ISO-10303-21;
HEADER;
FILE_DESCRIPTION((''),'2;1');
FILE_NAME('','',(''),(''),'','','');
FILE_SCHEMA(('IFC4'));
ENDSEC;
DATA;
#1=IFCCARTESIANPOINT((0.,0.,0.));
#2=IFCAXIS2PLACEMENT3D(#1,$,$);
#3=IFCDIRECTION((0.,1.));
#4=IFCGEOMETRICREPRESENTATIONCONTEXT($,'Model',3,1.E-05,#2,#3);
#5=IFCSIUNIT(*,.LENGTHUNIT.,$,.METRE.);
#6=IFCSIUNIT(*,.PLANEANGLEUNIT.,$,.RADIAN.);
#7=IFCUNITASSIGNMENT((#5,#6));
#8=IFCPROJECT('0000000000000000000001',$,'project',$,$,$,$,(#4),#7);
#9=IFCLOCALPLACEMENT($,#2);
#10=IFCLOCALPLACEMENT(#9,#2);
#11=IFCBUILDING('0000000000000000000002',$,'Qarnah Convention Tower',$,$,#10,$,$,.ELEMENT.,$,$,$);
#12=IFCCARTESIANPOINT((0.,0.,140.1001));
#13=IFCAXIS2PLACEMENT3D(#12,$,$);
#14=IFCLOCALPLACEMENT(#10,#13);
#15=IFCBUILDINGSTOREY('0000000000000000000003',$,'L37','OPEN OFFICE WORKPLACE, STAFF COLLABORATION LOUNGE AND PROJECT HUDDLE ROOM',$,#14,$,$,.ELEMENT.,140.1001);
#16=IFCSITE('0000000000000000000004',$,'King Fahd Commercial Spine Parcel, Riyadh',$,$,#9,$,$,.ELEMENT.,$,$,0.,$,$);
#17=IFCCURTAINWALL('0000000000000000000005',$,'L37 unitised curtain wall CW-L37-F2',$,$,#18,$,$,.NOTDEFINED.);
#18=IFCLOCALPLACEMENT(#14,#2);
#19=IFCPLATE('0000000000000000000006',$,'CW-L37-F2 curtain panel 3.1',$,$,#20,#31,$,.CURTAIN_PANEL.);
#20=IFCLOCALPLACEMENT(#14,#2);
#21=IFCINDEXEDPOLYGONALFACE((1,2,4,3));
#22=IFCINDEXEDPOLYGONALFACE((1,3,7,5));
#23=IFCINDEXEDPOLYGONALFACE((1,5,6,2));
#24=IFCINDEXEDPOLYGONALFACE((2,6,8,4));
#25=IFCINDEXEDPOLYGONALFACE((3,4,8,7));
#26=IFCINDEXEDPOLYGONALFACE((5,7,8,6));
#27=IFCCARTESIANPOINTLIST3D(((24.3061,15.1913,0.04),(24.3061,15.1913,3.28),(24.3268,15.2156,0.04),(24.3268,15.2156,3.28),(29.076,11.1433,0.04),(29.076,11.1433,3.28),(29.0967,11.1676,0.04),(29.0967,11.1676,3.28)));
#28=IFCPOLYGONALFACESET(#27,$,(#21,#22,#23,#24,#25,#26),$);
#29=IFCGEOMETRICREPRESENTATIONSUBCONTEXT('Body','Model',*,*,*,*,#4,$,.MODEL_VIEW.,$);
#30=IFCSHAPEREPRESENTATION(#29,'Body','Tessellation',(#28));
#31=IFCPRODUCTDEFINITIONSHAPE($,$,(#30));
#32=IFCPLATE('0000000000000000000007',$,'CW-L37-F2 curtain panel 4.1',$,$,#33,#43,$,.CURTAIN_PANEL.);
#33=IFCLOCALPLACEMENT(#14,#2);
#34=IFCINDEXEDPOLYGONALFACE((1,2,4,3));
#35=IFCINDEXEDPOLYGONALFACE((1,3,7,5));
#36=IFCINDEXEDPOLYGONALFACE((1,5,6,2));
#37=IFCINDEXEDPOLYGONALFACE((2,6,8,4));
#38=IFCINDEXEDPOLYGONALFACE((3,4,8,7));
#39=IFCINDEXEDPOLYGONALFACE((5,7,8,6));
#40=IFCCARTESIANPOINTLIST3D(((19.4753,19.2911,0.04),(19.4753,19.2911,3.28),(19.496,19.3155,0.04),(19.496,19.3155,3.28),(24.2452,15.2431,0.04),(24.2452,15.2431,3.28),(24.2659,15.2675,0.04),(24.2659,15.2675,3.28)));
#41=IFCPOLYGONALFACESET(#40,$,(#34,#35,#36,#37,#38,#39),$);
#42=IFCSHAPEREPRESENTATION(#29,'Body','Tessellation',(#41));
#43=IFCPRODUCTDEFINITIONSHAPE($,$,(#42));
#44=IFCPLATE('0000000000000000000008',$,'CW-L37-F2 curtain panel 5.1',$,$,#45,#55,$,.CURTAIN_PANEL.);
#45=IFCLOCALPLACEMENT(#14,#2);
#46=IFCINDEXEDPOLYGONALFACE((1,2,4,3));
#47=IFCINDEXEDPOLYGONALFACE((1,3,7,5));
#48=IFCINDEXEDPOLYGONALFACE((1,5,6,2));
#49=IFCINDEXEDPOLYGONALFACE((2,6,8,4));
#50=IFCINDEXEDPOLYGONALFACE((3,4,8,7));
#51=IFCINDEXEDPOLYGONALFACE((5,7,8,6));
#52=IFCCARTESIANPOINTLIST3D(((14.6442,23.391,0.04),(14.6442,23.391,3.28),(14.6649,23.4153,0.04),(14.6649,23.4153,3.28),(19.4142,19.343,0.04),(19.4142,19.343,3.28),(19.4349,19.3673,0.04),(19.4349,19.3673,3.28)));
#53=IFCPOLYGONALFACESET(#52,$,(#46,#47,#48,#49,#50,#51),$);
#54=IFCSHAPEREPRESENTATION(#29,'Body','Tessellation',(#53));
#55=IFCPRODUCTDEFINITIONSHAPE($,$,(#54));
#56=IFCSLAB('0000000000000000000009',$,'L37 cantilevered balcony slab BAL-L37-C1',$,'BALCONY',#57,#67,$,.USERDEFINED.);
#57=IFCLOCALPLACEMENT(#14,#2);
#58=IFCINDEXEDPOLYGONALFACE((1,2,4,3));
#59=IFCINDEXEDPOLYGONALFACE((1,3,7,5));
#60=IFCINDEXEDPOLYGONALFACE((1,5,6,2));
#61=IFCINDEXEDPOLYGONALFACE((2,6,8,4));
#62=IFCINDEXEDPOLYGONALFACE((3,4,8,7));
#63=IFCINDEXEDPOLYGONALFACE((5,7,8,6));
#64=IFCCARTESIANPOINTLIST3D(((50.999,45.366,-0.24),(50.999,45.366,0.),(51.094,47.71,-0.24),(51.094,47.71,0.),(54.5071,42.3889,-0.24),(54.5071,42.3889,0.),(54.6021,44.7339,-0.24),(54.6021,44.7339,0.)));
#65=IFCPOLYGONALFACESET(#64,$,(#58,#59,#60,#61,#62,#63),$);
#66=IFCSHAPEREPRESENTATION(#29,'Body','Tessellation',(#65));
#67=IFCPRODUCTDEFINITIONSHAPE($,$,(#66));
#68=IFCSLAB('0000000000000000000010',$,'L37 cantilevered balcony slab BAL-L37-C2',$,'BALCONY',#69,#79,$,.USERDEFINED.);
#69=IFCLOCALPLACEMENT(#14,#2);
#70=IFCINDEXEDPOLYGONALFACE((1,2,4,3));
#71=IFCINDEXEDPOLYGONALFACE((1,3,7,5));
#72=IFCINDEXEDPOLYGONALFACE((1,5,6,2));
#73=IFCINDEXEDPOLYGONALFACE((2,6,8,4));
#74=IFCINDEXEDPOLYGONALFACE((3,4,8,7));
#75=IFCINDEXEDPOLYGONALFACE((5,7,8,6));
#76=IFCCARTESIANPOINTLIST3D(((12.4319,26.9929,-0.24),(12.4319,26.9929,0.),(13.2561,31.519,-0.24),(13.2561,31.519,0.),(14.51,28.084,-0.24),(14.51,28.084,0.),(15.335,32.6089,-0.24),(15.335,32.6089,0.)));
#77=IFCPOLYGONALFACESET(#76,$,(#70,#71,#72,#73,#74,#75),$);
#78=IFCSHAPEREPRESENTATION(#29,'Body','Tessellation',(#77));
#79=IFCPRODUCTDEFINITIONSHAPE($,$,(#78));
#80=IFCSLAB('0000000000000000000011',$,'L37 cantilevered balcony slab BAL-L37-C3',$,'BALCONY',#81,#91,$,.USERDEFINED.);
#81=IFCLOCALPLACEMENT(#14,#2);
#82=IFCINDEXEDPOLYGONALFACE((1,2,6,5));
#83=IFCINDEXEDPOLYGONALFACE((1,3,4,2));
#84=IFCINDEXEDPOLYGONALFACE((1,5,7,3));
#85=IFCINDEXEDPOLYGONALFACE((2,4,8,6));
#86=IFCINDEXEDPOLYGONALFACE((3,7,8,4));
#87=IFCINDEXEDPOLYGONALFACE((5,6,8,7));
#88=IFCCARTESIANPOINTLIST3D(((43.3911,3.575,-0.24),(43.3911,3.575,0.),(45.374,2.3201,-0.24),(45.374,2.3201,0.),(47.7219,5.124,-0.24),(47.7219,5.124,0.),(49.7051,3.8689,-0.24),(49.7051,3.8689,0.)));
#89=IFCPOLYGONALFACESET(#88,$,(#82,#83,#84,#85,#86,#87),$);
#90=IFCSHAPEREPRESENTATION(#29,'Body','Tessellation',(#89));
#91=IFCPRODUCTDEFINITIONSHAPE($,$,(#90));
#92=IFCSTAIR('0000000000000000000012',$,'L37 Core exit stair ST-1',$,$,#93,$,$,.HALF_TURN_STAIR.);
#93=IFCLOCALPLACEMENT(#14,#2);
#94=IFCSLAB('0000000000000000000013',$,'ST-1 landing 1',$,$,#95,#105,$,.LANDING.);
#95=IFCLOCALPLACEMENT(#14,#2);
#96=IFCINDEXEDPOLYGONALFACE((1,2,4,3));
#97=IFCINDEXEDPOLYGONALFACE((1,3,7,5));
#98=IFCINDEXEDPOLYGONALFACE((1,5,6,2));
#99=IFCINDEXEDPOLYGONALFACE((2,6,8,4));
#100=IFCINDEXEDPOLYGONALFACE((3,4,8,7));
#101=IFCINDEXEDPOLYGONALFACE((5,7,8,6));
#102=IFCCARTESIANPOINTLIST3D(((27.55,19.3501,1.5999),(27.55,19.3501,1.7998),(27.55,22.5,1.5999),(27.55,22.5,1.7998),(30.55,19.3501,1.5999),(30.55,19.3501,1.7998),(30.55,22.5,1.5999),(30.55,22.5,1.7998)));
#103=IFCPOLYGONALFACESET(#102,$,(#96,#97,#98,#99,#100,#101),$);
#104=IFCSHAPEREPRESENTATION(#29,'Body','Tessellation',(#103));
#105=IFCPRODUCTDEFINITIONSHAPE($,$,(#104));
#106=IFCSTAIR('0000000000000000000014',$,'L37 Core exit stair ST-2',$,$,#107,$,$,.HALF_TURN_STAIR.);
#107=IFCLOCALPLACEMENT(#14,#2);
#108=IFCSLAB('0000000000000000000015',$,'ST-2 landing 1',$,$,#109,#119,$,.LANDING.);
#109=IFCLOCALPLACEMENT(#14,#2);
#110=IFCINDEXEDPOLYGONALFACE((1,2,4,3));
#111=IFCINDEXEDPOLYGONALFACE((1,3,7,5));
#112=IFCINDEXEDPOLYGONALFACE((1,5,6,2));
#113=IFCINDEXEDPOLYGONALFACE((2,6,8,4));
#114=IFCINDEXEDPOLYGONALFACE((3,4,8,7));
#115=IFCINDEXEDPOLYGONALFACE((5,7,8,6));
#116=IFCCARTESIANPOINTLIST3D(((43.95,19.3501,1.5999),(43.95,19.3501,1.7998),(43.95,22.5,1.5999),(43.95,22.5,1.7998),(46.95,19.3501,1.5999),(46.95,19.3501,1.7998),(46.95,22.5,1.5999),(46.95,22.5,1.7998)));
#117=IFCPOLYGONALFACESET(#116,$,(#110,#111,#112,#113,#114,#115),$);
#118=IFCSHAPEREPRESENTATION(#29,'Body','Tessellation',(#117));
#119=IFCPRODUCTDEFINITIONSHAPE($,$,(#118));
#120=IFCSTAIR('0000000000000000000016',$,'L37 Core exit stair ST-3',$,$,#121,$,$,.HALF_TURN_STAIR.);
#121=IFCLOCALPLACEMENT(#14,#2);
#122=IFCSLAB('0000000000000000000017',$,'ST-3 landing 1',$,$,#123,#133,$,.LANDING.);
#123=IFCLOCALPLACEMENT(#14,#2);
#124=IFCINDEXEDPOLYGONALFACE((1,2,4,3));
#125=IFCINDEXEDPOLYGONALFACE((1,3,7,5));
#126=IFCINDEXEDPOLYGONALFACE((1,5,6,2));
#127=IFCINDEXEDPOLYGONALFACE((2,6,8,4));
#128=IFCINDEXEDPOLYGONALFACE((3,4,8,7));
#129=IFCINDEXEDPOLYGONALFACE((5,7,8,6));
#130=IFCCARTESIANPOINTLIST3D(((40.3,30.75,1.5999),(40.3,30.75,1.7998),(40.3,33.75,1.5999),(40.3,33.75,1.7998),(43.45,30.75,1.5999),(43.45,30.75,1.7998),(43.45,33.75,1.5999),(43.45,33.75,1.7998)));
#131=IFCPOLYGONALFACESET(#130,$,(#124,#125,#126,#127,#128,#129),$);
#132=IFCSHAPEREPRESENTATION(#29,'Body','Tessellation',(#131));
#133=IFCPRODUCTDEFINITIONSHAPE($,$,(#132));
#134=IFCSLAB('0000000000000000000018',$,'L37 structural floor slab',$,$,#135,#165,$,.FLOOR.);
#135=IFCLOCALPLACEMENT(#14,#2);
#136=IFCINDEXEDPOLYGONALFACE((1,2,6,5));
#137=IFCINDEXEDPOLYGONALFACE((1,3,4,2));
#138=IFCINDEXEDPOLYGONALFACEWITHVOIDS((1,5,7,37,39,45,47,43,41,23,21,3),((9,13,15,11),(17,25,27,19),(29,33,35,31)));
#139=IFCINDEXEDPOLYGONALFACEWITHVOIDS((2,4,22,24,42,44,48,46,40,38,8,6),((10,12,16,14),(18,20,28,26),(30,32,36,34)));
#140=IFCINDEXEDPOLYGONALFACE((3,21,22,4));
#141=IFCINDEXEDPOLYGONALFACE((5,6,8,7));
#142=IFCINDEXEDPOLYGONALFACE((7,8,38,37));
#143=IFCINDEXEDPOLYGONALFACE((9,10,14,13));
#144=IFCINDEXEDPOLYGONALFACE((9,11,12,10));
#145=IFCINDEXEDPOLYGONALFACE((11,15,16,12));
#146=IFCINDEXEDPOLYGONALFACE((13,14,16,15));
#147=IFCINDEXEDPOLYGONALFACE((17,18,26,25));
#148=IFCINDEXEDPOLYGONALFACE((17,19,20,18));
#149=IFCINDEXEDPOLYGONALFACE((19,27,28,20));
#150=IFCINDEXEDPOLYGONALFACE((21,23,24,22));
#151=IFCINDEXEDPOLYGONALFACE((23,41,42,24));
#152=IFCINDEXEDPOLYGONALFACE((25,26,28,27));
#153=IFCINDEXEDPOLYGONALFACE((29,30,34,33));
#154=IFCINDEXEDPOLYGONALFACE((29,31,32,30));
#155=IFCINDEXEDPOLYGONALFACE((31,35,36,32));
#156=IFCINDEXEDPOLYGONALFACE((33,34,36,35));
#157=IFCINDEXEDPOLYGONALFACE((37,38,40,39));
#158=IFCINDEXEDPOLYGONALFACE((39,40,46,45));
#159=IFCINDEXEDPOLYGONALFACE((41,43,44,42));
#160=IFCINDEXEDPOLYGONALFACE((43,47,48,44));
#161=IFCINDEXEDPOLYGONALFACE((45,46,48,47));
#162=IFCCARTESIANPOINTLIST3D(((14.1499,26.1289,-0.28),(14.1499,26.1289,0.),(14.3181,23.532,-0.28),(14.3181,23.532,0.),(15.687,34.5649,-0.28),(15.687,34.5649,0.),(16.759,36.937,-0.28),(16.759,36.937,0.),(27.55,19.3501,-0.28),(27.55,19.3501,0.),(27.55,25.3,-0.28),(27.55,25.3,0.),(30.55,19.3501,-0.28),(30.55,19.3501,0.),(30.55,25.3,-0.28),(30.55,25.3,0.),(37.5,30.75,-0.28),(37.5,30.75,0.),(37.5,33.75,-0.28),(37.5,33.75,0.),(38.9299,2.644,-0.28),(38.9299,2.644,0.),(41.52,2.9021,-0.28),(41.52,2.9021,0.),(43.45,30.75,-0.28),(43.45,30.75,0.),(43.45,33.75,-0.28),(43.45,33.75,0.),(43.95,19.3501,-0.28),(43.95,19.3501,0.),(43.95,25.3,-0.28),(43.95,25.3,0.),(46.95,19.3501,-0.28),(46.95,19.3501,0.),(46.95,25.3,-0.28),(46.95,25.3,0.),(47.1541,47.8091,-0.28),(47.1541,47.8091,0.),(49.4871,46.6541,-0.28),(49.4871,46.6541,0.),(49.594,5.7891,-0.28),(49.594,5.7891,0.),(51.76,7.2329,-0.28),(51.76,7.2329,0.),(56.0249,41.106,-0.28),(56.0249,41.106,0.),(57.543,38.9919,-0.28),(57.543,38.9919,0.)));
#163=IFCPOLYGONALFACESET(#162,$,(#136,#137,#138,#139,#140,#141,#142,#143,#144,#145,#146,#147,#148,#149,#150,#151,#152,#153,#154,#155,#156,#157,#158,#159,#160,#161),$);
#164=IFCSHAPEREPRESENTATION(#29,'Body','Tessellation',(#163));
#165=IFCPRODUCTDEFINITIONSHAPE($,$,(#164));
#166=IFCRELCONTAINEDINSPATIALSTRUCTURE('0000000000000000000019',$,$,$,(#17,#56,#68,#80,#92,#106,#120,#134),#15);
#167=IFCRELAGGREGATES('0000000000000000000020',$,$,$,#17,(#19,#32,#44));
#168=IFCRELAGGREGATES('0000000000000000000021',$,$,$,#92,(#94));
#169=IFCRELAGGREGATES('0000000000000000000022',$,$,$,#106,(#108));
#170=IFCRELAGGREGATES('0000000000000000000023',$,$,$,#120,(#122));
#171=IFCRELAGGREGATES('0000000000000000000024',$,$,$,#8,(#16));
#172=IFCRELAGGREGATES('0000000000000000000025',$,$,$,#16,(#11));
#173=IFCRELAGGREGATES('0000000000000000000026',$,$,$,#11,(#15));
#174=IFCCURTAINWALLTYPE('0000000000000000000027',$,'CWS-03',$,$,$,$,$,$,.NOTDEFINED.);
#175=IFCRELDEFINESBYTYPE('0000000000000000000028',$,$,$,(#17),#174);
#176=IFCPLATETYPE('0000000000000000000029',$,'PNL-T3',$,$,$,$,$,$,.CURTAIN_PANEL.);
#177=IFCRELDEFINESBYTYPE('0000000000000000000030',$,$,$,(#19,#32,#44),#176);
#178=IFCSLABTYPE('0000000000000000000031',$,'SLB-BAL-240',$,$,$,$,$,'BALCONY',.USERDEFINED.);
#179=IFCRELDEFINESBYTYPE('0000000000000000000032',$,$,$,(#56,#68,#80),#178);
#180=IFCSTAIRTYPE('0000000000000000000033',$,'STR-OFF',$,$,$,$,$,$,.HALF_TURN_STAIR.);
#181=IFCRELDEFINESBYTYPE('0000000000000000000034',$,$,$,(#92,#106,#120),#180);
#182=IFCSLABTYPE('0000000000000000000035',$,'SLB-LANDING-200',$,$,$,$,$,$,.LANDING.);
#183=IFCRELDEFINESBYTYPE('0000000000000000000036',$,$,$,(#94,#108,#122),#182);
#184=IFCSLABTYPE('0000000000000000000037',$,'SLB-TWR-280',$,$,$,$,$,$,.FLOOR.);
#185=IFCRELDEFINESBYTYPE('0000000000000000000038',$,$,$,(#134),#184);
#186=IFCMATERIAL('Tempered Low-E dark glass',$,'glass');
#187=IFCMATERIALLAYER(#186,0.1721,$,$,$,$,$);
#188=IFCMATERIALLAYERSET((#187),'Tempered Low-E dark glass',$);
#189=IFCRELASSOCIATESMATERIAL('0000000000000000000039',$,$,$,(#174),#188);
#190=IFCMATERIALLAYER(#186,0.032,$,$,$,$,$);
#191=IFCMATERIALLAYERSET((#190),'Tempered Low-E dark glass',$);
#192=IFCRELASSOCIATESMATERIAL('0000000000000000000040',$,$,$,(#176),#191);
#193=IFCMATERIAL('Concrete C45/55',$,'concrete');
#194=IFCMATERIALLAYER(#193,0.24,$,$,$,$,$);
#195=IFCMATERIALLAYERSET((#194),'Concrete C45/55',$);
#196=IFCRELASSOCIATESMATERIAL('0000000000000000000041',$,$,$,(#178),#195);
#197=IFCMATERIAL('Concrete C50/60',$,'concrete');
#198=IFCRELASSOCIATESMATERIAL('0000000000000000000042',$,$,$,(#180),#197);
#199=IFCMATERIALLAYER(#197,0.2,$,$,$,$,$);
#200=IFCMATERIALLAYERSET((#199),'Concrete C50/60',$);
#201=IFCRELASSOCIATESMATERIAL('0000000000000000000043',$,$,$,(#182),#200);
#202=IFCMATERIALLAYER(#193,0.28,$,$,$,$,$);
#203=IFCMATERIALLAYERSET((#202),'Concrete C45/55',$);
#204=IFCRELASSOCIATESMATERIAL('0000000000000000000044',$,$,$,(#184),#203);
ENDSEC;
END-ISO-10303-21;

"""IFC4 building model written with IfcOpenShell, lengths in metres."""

from ifc_helpers import new_model, si_unit, direction, frame, origin, origin_2d, place, context, subcontext, project, spatial, polyline, rectangle, outline, extrude, material, layer, layer_set, type_object, element, aggregate, save


model = new_model("IFC4")

# Units and contexts
model_context = context("Model", 3, precision=1e-05, world=origin(), true_north=direction((0.0, 1.0)))
body_context = subcontext(model_context, "Body", "Model", "MODEL_VIEW")
ifc_project = project(units=[si_unit("LENGTHUNIT", "METRE"), si_unit("PLANEANGLEUNIT", "RADIAN")], contexts=[model_context])

# Site, building, storey
site_placement = place(None, origin())
site = spatial("IfcSite", under=ifc_project, at=site_placement, Name="King Fahd Commercial Spine Parcel, Riyadh", CompositionType="ELEMENT", RefElevation=0.0)
building_placement = place(site_placement, origin())
building = spatial("IfcBuilding", under=site, at=building_placement, Name="Qarnah Convention Tower", CompositionType="ELEMENT")
storey_placement = place(building_placement, frame((0.0, 0.0, 140.1001)))
storey = spatial("IfcBuildingStorey", under=building, at=storey_placement, Name="L37", Description="OPEN OFFICE WORKPLACE, STAFF COLLABORATION LOUNGE AND PROJECT HUDDLE ROOM", CompositionType="ELEMENT", Elevation=140.1001)

# Curtain wall, plates
ifc_material_1 = material(Name="Tempered Low-E dark glass", Category="glass")
ifc_layer_1 = layer(ifc_material_1, 0.1721)
ifc_layer_set_1 = layer_set([ifc_layer_1], Name="Tempered Low-E dark glass")
curtain_wall_type = type_object("IfcCurtainWallType", Name="CWS-03", PredefinedType="NOTDEFINED", material=ifc_layer_set_1)
curtain_wall_placement = place(storey_placement, origin())
curtain_wall = element("IfcCurtainWall", 1, at=curtain_wall_placement, inside=storey, type_object=curtain_wall_type, Name="L37 unitised curtain wall CW-L37-F2", PredefinedType="NOTDEFINED")
ifc_layer_2 = layer(ifc_material_1, 0.032)
ifc_layer_set_2 = layer_set([ifc_layer_2], Name="Tempered Low-E dark glass")
plate_type = type_object("IfcPlateType", Name="PNL-T3", PredefinedType="CURTAIN_PANEL", material=ifc_layer_set_2)
plate_1_placement = place(storey_placement, frame((26.7014, 13.1794, 0.04), z_axis=(0.0, 0.0, 1.0), x_axis=(-0.762449, 0.647048, 0.0)))
plate_1 = element("IfcPlate", 2, at=plate_1_placement, type_object=plate_type, Name="CW-L37-F2 curtain panel 3.1", PredefinedType="CURTAIN_PANEL", context=body_context, shape_type="SweptSolid", body=[
    extrude(rectangle(XDim=6.2561, YDim=0.032, at=origin_2d()), origin(), (0.0, 0.0, 1.0), 3.24),
])
plate_2_placement = place(storey_placement, frame((21.8706, 17.2793, 0.04), z_axis=(0.0, 0.0, 1.0), x_axis=(-0.762449, 0.647048, 0.0)))
plate_2 = element("IfcPlate", 3, at=plate_2_placement, type_object=plate_type, Name="CW-L37-F2 curtain panel 4.1", PredefinedType="CURTAIN_PANEL", context=body_context, shape_type="SweptSolid", body=[
    extrude(rectangle(XDim=6.2561, YDim=0.032, at=origin_2d()), origin(), (0.0, 0.0, 1.0), 3.24),
])
plate_3_placement = place(storey_placement, frame((17.0396, 21.3792, 0.04), z_axis=(0.0, 0.0, 1.0), x_axis=(-0.762449, 0.647048, 0.0)))
plate_3 = element("IfcPlate", 4, at=plate_3_placement, type_object=plate_type, Name="CW-L37-F2 curtain panel 5.1", PredefinedType="CURTAIN_PANEL", context=body_context, shape_type="SweptSolid", body=[
    extrude(rectangle(XDim=6.2561, YDim=0.032, at=origin_2d()), origin(), (0.0, 0.0, 1.0), 3.24),
])
aggregate(curtain_wall, [plate_1, plate_2, plate_3])

# Slabs
ifc_material_2 = material(Name="Concrete C45/55", Category="concrete")
ifc_layer_3 = layer(ifc_material_2, 0.24)
ifc_layer_set_3 = layer_set([ifc_layer_3], Name="Concrete C45/55")
slab_type_1 = type_object("IfcSlabType", Name="SLB-BAL-240", ElementType="BALCONY", PredefinedType="USERDEFINED", material=ifc_layer_set_3)
slab_1_placement = place(storey_placement, frame((0.0, 0.0, -0.24)))
element("IfcSlab", 5, at=slab_1_placement, inside=storey, type_object=slab_type_1, Name="L37 cantilevered balcony slab BAL-L37-C1", ObjectType="BALCONY", PredefinedType="USERDEFINED", context=body_context, shape_type="SweptSolid", body=[
    extrude(outline(polyline([(51.094, 47.71), (54.6021, 44.7339), (54.5071, 42.3889), (50.999, 45.366), (51.094, 47.71)])), origin(), (0.0, 0.0, 1.0), 0.24),
])
slab_2_placement = place(storey_placement, frame((0.0, 0.0, -0.24)))
element("IfcSlab", 6, at=slab_2_placement, inside=storey, type_object=slab_type_1, Name="L37 cantilevered balcony slab BAL-L37-C2", ObjectType="BALCONY", PredefinedType="USERDEFINED", context=body_context, shape_type="SweptSolid", body=[
    extrude(outline(polyline([(12.4319, 26.9929), (13.2561, 31.519), (15.335, 32.6089), (14.51, 28.084), (12.4319, 26.9929)])), origin(), (0.0, 0.0, 1.0), 0.24),
])
slab_3_placement = place(storey_placement, frame((0.0, 0.0, -0.24)))
element("IfcSlab", 7, at=slab_3_placement, inside=storey, type_object=slab_type_1, Name="L37 cantilevered balcony slab BAL-L37-C3", ObjectType="BALCONY", PredefinedType="USERDEFINED", context=body_context, shape_type="SweptSolid", body=[
    extrude(outline(polyline([(49.7051, 3.8689), (45.374, 2.3201), (43.3911, 3.575), (47.7219, 5.124), (49.7051, 3.8689)])), origin(), (0.0, 0.0, 1.0), 0.24),
])

# Stairs, slabs
ifc_material_3 = material(Name="Concrete C50/60", Category="concrete")
stair_type = type_object("IfcStairType", Name="STR-OFF", PredefinedType="HALF_TURN_STAIR", material=ifc_material_3)
stair_1_placement = place(storey_placement, origin())
stair_1 = element("IfcStair", 8, at=stair_1_placement, inside=storey, type_object=stair_type, Name="L37 Core exit stair ST-1", PredefinedType="HALF_TURN_STAIR")
ifc_layer_4 = layer(ifc_material_3, 0.2)
ifc_layer_set_4 = layer_set([ifc_layer_4], Name="Concrete C50/60")
slab_type_2 = type_object("IfcSlabType", Name="SLB-LANDING-200", PredefinedType="LANDING", material=ifc_layer_set_4)
slab_4_placement = place(storey_placement, frame((0.0, 0.0, 1.5999)))
slab_4 = element("IfcSlab", 9, at=slab_4_placement, type_object=slab_type_2, Name="ST-1 landing 1", PredefinedType="LANDING", context=body_context, shape_type="SweptSolid", body=[
    extrude(outline(polyline([(27.55, 22.5), (27.55, 19.3501), (30.55, 19.3501), (30.55, 22.5), (27.55, 22.5)])), origin(), (0.0, 0.0, 1.0), 0.2),
])
aggregate(stair_1, [slab_4])
stair_2_placement = place(storey_placement, origin())
stair_2 = element("IfcStair", 10, at=stair_2_placement, inside=storey, type_object=stair_type, Name="L37 Core exit stair ST-2", PredefinedType="HALF_TURN_STAIR")
slab_5_placement = place(storey_placement, frame((0.0, 0.0, 1.5999)))
slab_5 = element("IfcSlab", 11, at=slab_5_placement, type_object=slab_type_2, Name="ST-2 landing 1", PredefinedType="LANDING", context=body_context, shape_type="SweptSolid", body=[
    extrude(outline(polyline([(43.95, 22.5), (43.95, 19.3501), (46.95, 19.3501), (46.95, 22.5), (43.95, 22.5)])), origin(), (0.0, 0.0, 1.0), 0.2),
])
aggregate(stair_2, [slab_5])
stair_3_placement = place(storey_placement, origin())
stair_3 = element("IfcStair", 12, at=stair_3_placement, inside=storey, type_object=stair_type, Name="L37 Core exit stair ST-3", PredefinedType="HALF_TURN_STAIR")
slab_6_placement = place(storey_placement, frame((0.0, 0.0, 1.5999)))
slab_6 = element("IfcSlab", 13, at=slab_6_placement, type_object=slab_type_2, Name="ST-3 landing 1", PredefinedType="LANDING", context=body_context, shape_type="SweptSolid", body=[
    extrude(outline(polyline([(40.3, 30.75), (43.45, 30.75), (43.45, 33.75), (40.3, 33.75), (40.3, 30.75)])), origin(), (0.0, 0.0, 1.0), 0.2),
])
aggregate(stair_3, [slab_6])

# Slab
ifc_layer_5 = layer(ifc_material_2, 0.28)
ifc_layer_set_5 = layer_set([ifc_layer_5], Name="Concrete C45/55")
slab_type_3 = type_object("IfcSlabType", Name="SLB-TWR-280", PredefinedType="FLOOR", material=ifc_layer_set_5)
slab_7_placement = place(storey_placement, frame((0.0, 0.0, -0.28)))
element("IfcSlab", 14, at=slab_7_placement, inside=storey, type_object=slab_type_3, Name="L37 structural floor slab", PredefinedType="FLOOR", context=body_context, shape_type="SweptSolid", body=[
    extrude(outline(polyline([(47.1541, 47.8091), (16.759, 36.937), (15.687, 34.5649), (14.1499, 26.1289), (14.3181, 23.532), (38.9299, 2.644), (41.52, 2.9021), (49.594, 5.7891), (51.76, 7.2329), (57.543, 38.9919), (56.0249, 41.106), (49.4871, 46.6541), (47.1541, 47.8091)]), holes=[polyline([(27.55, 25.3), (27.55, 19.3501), (30.55, 19.3501), (30.55, 25.3), (27.55, 25.3)]), polyline([(43.95, 25.3), (43.95, 19.3501), (46.95, 19.3501), (46.95, 25.3), (43.95, 25.3)]), polyline([(37.5, 30.75), (43.45, 30.75), (43.45, 33.75), (37.5, 33.75), (37.5, 30.75)])]), origin(), (0.0, 0.0, 1.0), 0.28),
])

save(model, "model.ifc")
